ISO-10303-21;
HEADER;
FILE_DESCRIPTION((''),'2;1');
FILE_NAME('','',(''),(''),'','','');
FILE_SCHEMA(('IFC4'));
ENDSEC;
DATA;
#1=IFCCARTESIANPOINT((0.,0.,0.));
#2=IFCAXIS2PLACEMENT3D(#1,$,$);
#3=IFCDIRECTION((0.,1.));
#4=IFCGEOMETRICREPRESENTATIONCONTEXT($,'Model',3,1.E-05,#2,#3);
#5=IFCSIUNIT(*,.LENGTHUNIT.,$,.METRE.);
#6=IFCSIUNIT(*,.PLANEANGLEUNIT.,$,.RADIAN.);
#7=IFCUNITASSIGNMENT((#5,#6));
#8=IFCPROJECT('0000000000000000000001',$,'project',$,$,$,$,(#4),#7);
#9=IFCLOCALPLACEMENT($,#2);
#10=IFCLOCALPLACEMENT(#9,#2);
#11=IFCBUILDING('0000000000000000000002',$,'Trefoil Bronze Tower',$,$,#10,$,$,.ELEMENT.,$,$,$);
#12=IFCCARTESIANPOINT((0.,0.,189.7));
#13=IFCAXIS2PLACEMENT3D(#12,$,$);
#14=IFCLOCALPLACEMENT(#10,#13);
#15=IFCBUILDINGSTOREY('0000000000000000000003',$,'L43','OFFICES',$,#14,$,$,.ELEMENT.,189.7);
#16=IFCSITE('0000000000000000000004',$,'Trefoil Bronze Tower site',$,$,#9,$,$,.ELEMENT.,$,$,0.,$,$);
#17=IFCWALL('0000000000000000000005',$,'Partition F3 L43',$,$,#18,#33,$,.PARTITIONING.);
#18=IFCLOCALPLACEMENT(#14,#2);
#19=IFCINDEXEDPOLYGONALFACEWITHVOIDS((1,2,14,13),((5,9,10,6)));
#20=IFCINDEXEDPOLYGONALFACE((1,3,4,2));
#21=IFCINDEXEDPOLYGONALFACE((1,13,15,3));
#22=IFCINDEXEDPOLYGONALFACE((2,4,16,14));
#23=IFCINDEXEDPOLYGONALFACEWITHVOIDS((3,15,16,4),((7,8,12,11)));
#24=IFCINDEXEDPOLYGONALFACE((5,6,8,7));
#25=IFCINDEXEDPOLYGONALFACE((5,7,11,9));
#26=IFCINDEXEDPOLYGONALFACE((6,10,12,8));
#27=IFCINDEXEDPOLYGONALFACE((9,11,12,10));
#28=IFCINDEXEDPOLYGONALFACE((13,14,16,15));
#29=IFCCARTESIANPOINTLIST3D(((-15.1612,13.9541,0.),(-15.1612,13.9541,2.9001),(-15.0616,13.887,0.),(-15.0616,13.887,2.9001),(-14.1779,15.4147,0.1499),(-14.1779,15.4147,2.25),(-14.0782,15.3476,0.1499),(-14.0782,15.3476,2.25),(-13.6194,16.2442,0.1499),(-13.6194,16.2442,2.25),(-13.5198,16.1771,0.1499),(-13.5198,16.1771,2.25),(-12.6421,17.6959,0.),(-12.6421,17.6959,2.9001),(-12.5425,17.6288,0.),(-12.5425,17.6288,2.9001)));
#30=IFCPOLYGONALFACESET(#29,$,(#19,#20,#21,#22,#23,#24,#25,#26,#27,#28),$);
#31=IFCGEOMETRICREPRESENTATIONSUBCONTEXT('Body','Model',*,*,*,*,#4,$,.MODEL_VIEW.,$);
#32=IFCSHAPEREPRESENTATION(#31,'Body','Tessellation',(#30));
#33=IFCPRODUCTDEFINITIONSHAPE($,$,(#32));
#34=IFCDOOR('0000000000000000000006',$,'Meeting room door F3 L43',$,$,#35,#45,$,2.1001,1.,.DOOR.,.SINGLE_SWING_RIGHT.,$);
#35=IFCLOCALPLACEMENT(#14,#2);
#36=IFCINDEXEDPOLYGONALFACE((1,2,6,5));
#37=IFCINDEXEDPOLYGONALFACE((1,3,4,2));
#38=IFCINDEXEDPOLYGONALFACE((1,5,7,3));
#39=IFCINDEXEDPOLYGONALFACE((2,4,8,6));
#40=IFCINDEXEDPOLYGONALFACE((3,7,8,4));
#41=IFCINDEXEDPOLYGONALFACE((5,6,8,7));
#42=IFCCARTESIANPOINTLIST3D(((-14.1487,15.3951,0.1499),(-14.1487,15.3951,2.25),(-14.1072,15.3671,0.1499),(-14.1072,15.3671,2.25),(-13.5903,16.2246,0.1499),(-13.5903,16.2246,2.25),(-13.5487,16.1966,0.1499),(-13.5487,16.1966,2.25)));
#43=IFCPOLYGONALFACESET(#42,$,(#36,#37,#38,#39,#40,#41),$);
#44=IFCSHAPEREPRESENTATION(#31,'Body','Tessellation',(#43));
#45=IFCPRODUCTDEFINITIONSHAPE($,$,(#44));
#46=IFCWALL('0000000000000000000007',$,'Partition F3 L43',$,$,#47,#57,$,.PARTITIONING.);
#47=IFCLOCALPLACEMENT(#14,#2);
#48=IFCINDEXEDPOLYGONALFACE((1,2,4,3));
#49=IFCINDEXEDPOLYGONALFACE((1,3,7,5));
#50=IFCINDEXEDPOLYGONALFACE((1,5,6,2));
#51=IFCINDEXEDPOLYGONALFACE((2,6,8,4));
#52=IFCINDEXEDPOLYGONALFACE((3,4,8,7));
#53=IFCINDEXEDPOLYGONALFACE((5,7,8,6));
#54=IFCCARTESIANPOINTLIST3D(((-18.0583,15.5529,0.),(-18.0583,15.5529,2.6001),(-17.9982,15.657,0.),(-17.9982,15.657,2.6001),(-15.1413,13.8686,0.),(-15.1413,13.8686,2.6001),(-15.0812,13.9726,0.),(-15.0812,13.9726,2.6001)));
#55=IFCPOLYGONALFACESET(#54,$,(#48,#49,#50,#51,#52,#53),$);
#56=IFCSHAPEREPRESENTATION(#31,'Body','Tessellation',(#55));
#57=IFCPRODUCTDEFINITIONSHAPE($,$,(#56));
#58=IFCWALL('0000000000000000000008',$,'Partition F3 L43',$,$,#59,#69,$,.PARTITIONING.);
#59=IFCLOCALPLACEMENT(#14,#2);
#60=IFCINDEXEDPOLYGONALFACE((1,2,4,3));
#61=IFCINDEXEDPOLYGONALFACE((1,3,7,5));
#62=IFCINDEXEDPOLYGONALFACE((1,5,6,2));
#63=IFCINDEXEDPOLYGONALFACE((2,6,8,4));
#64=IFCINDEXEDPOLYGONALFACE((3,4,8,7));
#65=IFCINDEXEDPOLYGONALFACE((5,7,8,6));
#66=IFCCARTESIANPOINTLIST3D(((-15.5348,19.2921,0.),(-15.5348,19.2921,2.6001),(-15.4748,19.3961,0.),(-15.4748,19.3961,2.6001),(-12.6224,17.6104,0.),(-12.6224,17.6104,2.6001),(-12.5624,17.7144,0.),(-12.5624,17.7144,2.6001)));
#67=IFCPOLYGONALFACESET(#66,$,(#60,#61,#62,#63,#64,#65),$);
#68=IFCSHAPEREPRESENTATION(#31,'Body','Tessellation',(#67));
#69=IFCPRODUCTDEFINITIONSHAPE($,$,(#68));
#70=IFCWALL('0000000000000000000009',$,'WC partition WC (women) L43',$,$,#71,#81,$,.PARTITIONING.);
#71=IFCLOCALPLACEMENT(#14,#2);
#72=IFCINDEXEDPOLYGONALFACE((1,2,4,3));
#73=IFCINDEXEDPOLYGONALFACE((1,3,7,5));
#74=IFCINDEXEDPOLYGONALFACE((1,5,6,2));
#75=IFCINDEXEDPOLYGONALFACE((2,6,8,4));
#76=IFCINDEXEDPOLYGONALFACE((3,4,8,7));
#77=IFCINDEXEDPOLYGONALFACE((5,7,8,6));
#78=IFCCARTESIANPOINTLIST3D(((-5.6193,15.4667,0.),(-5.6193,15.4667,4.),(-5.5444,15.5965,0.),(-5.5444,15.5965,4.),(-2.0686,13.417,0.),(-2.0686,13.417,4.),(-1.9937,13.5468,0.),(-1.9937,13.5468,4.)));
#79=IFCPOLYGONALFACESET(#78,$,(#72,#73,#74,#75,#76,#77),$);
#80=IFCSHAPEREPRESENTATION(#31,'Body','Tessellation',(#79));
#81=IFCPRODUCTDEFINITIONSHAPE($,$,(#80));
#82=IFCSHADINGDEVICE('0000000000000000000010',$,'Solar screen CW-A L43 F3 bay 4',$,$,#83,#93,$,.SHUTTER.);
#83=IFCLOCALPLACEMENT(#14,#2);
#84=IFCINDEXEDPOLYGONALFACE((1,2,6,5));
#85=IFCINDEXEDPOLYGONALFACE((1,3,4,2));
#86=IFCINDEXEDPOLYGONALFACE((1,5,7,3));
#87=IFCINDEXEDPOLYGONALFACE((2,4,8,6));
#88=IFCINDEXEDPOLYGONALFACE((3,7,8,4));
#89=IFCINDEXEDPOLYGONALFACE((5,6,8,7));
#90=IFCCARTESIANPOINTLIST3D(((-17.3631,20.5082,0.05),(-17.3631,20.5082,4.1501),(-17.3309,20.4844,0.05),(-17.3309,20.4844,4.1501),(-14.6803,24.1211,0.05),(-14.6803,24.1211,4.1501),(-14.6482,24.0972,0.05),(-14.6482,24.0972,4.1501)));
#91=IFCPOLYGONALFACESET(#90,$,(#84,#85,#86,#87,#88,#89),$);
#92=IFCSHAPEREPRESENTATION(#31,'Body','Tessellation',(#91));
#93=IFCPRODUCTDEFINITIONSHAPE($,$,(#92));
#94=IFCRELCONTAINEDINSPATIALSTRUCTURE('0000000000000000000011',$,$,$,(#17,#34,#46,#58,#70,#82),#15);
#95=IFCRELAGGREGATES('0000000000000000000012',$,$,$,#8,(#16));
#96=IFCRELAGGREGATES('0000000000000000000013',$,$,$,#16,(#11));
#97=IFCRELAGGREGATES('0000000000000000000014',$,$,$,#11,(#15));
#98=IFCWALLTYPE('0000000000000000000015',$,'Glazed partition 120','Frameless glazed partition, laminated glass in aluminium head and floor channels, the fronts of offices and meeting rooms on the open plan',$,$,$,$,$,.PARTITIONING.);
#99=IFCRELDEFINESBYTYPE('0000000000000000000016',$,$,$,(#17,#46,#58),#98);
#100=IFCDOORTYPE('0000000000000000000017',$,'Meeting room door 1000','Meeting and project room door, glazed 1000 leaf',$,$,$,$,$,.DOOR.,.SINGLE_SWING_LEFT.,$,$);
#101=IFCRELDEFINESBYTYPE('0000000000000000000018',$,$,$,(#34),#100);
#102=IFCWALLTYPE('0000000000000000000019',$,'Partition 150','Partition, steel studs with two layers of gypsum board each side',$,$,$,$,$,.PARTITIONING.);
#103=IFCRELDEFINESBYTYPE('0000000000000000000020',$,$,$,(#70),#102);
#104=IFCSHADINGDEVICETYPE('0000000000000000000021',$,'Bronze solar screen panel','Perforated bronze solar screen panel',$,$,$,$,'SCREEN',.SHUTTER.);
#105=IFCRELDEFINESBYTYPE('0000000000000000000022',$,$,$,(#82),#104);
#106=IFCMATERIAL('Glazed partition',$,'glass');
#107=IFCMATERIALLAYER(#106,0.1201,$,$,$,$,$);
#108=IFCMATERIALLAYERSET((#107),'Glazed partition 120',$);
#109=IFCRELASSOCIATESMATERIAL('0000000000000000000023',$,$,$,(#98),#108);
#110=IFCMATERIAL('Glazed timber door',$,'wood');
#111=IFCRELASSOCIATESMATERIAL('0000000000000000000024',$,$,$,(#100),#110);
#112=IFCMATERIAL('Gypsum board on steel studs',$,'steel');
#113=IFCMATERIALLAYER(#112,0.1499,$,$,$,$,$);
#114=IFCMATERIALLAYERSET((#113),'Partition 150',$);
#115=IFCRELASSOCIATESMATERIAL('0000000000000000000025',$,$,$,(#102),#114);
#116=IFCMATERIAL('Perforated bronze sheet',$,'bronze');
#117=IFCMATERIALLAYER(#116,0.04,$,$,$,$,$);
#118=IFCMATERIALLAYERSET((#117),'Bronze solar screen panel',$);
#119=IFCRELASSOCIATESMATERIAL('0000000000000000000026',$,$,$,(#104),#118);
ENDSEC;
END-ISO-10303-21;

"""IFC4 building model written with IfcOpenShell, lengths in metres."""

from ifc_helpers import new_model, si_unit, direction, frame, frame_2d, origin, origin_2d, place, context, subcontext, project, spatial, rectangle, extrude, material, layer, layer_set, type_object, element, fill, save


model = new_model("IFC4")

# Units and contexts
model_context = context("Model", 3, precision=1e-05, world=origin(), true_north=direction((0.0, 1.0)))
body_context = subcontext(model_context, "Body", "Model", "MODEL_VIEW")
ifc_project = project(units=[si_unit("LENGTHUNIT", "METRE"), si_unit("PLANEANGLEUNIT", "RADIAN")], contexts=[model_context])

# Site, building, storey
site_placement = place(None, origin())
site = spatial("IfcSite", under=ifc_project, at=site_placement, Name="Trefoil Bronze Tower site", CompositionType="ELEMENT", RefElevation=0.0)
building_placement = place(site_placement, origin())
building = spatial("IfcBuilding", under=site, at=building_placement, Name="Trefoil Bronze Tower", CompositionType="ELEMENT")
storey_placement = place(building_placement, frame((0.0, 0.0, 189.7)))
storey = spatial("IfcBuildingStorey", under=building, at=storey_placement, Name="L43", Description="OFFICES", CompositionType="ELEMENT", Elevation=189.7)

# Wall, opening, door
ifc_material_1 = material(Name="Glazed partition", Category="glass")
ifc_layer_1 = layer(ifc_material_1, 0.1201)
ifc_layer_set_1 = layer_set([ifc_layer_1], Name="Glazed partition 120")
wall_type_1 = type_object("IfcWallType", Name="Glazed partition 120", Description="Frameless glazed partition, laminated glass in aluminium head and floor channels, the fronts of offices and meeting rooms on the open plan", PredefinedType="PARTITIONING", material=ifc_layer_set_1)
wall_1_placement = place(storey_placement, frame((-12.5923, 17.6624, 0.0), z_axis=(0.0, 0.0, 1.0), x_axis=(-0.558467, -0.829527, 0.0)))
wall_1 = element("IfcWall", 1, at=wall_1_placement, inside=storey, type_object=wall_type_1, Name="Partition F3 L43", PredefinedType="PARTITIONING", context=body_context, shape_type="SweptSolid", body=[
    extrude(rectangle(XDim=4.5107, YDim=0.1201, at=frame_2d((2.2554, 0.0))), origin(), (0.0, 0.0, 1.0), 2.9001),
])
opening_1_placement = place(wall_1_placement, frame((1.75, 0.0, 0.1499)))
opening_1 = element("IfcOpeningElement", 2, at=opening_1_placement, cuts=wall_1, PredefinedType="OPENING", context=body_context, shape_type="SweptSolid", body=[
    extrude(rectangle(XDim=1.0, YDim=2.1001, at=frame_2d((0.5, 1.05))), frame((0.0, 0.0701, 0.0), z_axis=(0.0, -1.0, 0.0), x_axis=(1.0, 0.0, 0.0)), (0.0, 0.0, 1.0), 0.1401),
])
ifc_material_2 = material(Name="Glazed timber door", Category="wood")
door_type_1 = type_object("IfcDoorType", Name="Meeting room door 1000", Description="Meeting and project room door, glazed 1000 leaf", OperationType="SINGLE_SWING_LEFT", PredefinedType="DOOR", material=ifc_material_2)
door_1_placement = place(opening_1_placement, frame((1.0, 0.0, 0.0), z_axis=(0.0, 0.0, 1.0), x_axis=(-1.0, 0.0, 0.0)))
door_1 = element("IfcDoor", 3, at=door_1_placement, inside=storey, type_object=door_type_1, Name="Meeting room door F3 L43", OperationType="SINGLE_SWING_RIGHT", OverallHeight=2.1001, OverallWidth=1.0, PredefinedType="DOOR", context=body_context, shape_type="SweptSolid", body=[
    extrude(rectangle(XDim=1.0, YDim=2.1001, at=frame_2d((0.5, 1.05))), frame((0.0, 0.0249, 0.0), z_axis=(0.0, -1.0, 0.0), x_axis=(1.0, 0.0, 0.0)), (0.0, 0.0, 1.0), 0.05),
])
fill(opening_1, door_1)

# Walls
wall_2_placement = place(storey_placement, frame((-15.1113, 13.9207, 0.0), z_axis=(0.0, 0.0, 1.0), x_axis=(-0.866, 0.500045, 0.0)))
element("IfcWall", 4, at=wall_2_placement, inside=storey, type_object=wall_type_1, Name="Partition F3 L43", PredefinedType="PARTITIONING", context=body_context, shape_type="SweptSolid", body=[
    extrude(rectangle(XDim=3.3684, YDim=0.1201, at=frame_2d((1.6841, 0.0))), origin(), (0.0, 0.0, 1.0), 2.6001),
])
wall_3_placement = place(storey_placement, frame((-12.5923, 17.6624, 0.0), z_axis=(0.0, 0.0, 1.0), x_axis=(-0.866001, 0.500043, 0.0)))
element("IfcWall", 5, at=wall_3_placement, inside=storey, type_object=wall_type_1, Name="Partition F3 L43", PredefinedType="PARTITIONING", context=body_context, shape_type="SweptSolid", body=[
    extrude(rectangle(XDim=3.363, YDim=0.1201, at=frame_2d((1.6816, 0.0))), origin(), (0.0, 0.0, 1.0), 2.6001),
])
ifc_material_3 = material(Name="Gypsum board on steel studs", Category="steel")
ifc_layer_2 = layer(ifc_material_3, 0.1499)
ifc_layer_set_2 = layer_set([ifc_layer_2], Name="Partition 150")
wall_type_2 = type_object("IfcWallType", Name="Partition 150", Description="Partition, steel studs with two layers of gypsum board each side", PredefinedType="PARTITIONING", material=ifc_layer_set_2)
wall_4_placement = place(storey_placement, frame((-2.0312, 13.4819, 0.0), z_axis=(0.0, 0.0, 1.0), x_axis=(-0.866051, 0.499956, 0.0)))
element("IfcWall", 6, at=wall_4_placement, inside=storey, type_object=wall_type_2, Name="WC partition WC (women) L43", PredefinedType="PARTITIONING", context=body_context, shape_type="SweptSolid", body=[
    extrude(rectangle(XDim=4.0999, YDim=0.1499, at=frame_2d((2.0498, 0.0))), origin(), (0.0, 0.0, 1.0), 4.0),
])

# Shading device
ifc_material_4 = material(Name="Perforated bronze sheet", Category="bronze")
ifc_layer_3 = layer(ifc_material_4, 0.04)
ifc_layer_set_3 = layer_set([ifc_layer_3], Name="Bronze solar screen panel")
shading_device_type = type_object("IfcShadingDeviceType", Name="Bronze solar screen panel", Description="Perforated bronze solar screen panel", ElementType="SCREEN", PredefinedType="SHUTTER", material=ifc_layer_set_3)
shading_device_placement = place(storey_placement, frame((-16.0056, 22.3027, 0.05), z_axis=(0.0, 0.0, 1.0), x_axis=(-0.596162, -0.802865, 0.0)))
element("IfcShadingDevice", 7, at=shading_device_placement, inside=storey, type_object=shading_device_type, Name="Solar screen CW-A L43 F3 bay 4", PredefinedType="SHUTTER", context=body_context, shape_type="SweptSolid", body=[
    extrude(rectangle(XDim=4.5, YDim=0.04, at=origin_2d()), origin(), (0.0, 0.0, 1.0), 4.1001),
])

save(model, "model.ifc")
